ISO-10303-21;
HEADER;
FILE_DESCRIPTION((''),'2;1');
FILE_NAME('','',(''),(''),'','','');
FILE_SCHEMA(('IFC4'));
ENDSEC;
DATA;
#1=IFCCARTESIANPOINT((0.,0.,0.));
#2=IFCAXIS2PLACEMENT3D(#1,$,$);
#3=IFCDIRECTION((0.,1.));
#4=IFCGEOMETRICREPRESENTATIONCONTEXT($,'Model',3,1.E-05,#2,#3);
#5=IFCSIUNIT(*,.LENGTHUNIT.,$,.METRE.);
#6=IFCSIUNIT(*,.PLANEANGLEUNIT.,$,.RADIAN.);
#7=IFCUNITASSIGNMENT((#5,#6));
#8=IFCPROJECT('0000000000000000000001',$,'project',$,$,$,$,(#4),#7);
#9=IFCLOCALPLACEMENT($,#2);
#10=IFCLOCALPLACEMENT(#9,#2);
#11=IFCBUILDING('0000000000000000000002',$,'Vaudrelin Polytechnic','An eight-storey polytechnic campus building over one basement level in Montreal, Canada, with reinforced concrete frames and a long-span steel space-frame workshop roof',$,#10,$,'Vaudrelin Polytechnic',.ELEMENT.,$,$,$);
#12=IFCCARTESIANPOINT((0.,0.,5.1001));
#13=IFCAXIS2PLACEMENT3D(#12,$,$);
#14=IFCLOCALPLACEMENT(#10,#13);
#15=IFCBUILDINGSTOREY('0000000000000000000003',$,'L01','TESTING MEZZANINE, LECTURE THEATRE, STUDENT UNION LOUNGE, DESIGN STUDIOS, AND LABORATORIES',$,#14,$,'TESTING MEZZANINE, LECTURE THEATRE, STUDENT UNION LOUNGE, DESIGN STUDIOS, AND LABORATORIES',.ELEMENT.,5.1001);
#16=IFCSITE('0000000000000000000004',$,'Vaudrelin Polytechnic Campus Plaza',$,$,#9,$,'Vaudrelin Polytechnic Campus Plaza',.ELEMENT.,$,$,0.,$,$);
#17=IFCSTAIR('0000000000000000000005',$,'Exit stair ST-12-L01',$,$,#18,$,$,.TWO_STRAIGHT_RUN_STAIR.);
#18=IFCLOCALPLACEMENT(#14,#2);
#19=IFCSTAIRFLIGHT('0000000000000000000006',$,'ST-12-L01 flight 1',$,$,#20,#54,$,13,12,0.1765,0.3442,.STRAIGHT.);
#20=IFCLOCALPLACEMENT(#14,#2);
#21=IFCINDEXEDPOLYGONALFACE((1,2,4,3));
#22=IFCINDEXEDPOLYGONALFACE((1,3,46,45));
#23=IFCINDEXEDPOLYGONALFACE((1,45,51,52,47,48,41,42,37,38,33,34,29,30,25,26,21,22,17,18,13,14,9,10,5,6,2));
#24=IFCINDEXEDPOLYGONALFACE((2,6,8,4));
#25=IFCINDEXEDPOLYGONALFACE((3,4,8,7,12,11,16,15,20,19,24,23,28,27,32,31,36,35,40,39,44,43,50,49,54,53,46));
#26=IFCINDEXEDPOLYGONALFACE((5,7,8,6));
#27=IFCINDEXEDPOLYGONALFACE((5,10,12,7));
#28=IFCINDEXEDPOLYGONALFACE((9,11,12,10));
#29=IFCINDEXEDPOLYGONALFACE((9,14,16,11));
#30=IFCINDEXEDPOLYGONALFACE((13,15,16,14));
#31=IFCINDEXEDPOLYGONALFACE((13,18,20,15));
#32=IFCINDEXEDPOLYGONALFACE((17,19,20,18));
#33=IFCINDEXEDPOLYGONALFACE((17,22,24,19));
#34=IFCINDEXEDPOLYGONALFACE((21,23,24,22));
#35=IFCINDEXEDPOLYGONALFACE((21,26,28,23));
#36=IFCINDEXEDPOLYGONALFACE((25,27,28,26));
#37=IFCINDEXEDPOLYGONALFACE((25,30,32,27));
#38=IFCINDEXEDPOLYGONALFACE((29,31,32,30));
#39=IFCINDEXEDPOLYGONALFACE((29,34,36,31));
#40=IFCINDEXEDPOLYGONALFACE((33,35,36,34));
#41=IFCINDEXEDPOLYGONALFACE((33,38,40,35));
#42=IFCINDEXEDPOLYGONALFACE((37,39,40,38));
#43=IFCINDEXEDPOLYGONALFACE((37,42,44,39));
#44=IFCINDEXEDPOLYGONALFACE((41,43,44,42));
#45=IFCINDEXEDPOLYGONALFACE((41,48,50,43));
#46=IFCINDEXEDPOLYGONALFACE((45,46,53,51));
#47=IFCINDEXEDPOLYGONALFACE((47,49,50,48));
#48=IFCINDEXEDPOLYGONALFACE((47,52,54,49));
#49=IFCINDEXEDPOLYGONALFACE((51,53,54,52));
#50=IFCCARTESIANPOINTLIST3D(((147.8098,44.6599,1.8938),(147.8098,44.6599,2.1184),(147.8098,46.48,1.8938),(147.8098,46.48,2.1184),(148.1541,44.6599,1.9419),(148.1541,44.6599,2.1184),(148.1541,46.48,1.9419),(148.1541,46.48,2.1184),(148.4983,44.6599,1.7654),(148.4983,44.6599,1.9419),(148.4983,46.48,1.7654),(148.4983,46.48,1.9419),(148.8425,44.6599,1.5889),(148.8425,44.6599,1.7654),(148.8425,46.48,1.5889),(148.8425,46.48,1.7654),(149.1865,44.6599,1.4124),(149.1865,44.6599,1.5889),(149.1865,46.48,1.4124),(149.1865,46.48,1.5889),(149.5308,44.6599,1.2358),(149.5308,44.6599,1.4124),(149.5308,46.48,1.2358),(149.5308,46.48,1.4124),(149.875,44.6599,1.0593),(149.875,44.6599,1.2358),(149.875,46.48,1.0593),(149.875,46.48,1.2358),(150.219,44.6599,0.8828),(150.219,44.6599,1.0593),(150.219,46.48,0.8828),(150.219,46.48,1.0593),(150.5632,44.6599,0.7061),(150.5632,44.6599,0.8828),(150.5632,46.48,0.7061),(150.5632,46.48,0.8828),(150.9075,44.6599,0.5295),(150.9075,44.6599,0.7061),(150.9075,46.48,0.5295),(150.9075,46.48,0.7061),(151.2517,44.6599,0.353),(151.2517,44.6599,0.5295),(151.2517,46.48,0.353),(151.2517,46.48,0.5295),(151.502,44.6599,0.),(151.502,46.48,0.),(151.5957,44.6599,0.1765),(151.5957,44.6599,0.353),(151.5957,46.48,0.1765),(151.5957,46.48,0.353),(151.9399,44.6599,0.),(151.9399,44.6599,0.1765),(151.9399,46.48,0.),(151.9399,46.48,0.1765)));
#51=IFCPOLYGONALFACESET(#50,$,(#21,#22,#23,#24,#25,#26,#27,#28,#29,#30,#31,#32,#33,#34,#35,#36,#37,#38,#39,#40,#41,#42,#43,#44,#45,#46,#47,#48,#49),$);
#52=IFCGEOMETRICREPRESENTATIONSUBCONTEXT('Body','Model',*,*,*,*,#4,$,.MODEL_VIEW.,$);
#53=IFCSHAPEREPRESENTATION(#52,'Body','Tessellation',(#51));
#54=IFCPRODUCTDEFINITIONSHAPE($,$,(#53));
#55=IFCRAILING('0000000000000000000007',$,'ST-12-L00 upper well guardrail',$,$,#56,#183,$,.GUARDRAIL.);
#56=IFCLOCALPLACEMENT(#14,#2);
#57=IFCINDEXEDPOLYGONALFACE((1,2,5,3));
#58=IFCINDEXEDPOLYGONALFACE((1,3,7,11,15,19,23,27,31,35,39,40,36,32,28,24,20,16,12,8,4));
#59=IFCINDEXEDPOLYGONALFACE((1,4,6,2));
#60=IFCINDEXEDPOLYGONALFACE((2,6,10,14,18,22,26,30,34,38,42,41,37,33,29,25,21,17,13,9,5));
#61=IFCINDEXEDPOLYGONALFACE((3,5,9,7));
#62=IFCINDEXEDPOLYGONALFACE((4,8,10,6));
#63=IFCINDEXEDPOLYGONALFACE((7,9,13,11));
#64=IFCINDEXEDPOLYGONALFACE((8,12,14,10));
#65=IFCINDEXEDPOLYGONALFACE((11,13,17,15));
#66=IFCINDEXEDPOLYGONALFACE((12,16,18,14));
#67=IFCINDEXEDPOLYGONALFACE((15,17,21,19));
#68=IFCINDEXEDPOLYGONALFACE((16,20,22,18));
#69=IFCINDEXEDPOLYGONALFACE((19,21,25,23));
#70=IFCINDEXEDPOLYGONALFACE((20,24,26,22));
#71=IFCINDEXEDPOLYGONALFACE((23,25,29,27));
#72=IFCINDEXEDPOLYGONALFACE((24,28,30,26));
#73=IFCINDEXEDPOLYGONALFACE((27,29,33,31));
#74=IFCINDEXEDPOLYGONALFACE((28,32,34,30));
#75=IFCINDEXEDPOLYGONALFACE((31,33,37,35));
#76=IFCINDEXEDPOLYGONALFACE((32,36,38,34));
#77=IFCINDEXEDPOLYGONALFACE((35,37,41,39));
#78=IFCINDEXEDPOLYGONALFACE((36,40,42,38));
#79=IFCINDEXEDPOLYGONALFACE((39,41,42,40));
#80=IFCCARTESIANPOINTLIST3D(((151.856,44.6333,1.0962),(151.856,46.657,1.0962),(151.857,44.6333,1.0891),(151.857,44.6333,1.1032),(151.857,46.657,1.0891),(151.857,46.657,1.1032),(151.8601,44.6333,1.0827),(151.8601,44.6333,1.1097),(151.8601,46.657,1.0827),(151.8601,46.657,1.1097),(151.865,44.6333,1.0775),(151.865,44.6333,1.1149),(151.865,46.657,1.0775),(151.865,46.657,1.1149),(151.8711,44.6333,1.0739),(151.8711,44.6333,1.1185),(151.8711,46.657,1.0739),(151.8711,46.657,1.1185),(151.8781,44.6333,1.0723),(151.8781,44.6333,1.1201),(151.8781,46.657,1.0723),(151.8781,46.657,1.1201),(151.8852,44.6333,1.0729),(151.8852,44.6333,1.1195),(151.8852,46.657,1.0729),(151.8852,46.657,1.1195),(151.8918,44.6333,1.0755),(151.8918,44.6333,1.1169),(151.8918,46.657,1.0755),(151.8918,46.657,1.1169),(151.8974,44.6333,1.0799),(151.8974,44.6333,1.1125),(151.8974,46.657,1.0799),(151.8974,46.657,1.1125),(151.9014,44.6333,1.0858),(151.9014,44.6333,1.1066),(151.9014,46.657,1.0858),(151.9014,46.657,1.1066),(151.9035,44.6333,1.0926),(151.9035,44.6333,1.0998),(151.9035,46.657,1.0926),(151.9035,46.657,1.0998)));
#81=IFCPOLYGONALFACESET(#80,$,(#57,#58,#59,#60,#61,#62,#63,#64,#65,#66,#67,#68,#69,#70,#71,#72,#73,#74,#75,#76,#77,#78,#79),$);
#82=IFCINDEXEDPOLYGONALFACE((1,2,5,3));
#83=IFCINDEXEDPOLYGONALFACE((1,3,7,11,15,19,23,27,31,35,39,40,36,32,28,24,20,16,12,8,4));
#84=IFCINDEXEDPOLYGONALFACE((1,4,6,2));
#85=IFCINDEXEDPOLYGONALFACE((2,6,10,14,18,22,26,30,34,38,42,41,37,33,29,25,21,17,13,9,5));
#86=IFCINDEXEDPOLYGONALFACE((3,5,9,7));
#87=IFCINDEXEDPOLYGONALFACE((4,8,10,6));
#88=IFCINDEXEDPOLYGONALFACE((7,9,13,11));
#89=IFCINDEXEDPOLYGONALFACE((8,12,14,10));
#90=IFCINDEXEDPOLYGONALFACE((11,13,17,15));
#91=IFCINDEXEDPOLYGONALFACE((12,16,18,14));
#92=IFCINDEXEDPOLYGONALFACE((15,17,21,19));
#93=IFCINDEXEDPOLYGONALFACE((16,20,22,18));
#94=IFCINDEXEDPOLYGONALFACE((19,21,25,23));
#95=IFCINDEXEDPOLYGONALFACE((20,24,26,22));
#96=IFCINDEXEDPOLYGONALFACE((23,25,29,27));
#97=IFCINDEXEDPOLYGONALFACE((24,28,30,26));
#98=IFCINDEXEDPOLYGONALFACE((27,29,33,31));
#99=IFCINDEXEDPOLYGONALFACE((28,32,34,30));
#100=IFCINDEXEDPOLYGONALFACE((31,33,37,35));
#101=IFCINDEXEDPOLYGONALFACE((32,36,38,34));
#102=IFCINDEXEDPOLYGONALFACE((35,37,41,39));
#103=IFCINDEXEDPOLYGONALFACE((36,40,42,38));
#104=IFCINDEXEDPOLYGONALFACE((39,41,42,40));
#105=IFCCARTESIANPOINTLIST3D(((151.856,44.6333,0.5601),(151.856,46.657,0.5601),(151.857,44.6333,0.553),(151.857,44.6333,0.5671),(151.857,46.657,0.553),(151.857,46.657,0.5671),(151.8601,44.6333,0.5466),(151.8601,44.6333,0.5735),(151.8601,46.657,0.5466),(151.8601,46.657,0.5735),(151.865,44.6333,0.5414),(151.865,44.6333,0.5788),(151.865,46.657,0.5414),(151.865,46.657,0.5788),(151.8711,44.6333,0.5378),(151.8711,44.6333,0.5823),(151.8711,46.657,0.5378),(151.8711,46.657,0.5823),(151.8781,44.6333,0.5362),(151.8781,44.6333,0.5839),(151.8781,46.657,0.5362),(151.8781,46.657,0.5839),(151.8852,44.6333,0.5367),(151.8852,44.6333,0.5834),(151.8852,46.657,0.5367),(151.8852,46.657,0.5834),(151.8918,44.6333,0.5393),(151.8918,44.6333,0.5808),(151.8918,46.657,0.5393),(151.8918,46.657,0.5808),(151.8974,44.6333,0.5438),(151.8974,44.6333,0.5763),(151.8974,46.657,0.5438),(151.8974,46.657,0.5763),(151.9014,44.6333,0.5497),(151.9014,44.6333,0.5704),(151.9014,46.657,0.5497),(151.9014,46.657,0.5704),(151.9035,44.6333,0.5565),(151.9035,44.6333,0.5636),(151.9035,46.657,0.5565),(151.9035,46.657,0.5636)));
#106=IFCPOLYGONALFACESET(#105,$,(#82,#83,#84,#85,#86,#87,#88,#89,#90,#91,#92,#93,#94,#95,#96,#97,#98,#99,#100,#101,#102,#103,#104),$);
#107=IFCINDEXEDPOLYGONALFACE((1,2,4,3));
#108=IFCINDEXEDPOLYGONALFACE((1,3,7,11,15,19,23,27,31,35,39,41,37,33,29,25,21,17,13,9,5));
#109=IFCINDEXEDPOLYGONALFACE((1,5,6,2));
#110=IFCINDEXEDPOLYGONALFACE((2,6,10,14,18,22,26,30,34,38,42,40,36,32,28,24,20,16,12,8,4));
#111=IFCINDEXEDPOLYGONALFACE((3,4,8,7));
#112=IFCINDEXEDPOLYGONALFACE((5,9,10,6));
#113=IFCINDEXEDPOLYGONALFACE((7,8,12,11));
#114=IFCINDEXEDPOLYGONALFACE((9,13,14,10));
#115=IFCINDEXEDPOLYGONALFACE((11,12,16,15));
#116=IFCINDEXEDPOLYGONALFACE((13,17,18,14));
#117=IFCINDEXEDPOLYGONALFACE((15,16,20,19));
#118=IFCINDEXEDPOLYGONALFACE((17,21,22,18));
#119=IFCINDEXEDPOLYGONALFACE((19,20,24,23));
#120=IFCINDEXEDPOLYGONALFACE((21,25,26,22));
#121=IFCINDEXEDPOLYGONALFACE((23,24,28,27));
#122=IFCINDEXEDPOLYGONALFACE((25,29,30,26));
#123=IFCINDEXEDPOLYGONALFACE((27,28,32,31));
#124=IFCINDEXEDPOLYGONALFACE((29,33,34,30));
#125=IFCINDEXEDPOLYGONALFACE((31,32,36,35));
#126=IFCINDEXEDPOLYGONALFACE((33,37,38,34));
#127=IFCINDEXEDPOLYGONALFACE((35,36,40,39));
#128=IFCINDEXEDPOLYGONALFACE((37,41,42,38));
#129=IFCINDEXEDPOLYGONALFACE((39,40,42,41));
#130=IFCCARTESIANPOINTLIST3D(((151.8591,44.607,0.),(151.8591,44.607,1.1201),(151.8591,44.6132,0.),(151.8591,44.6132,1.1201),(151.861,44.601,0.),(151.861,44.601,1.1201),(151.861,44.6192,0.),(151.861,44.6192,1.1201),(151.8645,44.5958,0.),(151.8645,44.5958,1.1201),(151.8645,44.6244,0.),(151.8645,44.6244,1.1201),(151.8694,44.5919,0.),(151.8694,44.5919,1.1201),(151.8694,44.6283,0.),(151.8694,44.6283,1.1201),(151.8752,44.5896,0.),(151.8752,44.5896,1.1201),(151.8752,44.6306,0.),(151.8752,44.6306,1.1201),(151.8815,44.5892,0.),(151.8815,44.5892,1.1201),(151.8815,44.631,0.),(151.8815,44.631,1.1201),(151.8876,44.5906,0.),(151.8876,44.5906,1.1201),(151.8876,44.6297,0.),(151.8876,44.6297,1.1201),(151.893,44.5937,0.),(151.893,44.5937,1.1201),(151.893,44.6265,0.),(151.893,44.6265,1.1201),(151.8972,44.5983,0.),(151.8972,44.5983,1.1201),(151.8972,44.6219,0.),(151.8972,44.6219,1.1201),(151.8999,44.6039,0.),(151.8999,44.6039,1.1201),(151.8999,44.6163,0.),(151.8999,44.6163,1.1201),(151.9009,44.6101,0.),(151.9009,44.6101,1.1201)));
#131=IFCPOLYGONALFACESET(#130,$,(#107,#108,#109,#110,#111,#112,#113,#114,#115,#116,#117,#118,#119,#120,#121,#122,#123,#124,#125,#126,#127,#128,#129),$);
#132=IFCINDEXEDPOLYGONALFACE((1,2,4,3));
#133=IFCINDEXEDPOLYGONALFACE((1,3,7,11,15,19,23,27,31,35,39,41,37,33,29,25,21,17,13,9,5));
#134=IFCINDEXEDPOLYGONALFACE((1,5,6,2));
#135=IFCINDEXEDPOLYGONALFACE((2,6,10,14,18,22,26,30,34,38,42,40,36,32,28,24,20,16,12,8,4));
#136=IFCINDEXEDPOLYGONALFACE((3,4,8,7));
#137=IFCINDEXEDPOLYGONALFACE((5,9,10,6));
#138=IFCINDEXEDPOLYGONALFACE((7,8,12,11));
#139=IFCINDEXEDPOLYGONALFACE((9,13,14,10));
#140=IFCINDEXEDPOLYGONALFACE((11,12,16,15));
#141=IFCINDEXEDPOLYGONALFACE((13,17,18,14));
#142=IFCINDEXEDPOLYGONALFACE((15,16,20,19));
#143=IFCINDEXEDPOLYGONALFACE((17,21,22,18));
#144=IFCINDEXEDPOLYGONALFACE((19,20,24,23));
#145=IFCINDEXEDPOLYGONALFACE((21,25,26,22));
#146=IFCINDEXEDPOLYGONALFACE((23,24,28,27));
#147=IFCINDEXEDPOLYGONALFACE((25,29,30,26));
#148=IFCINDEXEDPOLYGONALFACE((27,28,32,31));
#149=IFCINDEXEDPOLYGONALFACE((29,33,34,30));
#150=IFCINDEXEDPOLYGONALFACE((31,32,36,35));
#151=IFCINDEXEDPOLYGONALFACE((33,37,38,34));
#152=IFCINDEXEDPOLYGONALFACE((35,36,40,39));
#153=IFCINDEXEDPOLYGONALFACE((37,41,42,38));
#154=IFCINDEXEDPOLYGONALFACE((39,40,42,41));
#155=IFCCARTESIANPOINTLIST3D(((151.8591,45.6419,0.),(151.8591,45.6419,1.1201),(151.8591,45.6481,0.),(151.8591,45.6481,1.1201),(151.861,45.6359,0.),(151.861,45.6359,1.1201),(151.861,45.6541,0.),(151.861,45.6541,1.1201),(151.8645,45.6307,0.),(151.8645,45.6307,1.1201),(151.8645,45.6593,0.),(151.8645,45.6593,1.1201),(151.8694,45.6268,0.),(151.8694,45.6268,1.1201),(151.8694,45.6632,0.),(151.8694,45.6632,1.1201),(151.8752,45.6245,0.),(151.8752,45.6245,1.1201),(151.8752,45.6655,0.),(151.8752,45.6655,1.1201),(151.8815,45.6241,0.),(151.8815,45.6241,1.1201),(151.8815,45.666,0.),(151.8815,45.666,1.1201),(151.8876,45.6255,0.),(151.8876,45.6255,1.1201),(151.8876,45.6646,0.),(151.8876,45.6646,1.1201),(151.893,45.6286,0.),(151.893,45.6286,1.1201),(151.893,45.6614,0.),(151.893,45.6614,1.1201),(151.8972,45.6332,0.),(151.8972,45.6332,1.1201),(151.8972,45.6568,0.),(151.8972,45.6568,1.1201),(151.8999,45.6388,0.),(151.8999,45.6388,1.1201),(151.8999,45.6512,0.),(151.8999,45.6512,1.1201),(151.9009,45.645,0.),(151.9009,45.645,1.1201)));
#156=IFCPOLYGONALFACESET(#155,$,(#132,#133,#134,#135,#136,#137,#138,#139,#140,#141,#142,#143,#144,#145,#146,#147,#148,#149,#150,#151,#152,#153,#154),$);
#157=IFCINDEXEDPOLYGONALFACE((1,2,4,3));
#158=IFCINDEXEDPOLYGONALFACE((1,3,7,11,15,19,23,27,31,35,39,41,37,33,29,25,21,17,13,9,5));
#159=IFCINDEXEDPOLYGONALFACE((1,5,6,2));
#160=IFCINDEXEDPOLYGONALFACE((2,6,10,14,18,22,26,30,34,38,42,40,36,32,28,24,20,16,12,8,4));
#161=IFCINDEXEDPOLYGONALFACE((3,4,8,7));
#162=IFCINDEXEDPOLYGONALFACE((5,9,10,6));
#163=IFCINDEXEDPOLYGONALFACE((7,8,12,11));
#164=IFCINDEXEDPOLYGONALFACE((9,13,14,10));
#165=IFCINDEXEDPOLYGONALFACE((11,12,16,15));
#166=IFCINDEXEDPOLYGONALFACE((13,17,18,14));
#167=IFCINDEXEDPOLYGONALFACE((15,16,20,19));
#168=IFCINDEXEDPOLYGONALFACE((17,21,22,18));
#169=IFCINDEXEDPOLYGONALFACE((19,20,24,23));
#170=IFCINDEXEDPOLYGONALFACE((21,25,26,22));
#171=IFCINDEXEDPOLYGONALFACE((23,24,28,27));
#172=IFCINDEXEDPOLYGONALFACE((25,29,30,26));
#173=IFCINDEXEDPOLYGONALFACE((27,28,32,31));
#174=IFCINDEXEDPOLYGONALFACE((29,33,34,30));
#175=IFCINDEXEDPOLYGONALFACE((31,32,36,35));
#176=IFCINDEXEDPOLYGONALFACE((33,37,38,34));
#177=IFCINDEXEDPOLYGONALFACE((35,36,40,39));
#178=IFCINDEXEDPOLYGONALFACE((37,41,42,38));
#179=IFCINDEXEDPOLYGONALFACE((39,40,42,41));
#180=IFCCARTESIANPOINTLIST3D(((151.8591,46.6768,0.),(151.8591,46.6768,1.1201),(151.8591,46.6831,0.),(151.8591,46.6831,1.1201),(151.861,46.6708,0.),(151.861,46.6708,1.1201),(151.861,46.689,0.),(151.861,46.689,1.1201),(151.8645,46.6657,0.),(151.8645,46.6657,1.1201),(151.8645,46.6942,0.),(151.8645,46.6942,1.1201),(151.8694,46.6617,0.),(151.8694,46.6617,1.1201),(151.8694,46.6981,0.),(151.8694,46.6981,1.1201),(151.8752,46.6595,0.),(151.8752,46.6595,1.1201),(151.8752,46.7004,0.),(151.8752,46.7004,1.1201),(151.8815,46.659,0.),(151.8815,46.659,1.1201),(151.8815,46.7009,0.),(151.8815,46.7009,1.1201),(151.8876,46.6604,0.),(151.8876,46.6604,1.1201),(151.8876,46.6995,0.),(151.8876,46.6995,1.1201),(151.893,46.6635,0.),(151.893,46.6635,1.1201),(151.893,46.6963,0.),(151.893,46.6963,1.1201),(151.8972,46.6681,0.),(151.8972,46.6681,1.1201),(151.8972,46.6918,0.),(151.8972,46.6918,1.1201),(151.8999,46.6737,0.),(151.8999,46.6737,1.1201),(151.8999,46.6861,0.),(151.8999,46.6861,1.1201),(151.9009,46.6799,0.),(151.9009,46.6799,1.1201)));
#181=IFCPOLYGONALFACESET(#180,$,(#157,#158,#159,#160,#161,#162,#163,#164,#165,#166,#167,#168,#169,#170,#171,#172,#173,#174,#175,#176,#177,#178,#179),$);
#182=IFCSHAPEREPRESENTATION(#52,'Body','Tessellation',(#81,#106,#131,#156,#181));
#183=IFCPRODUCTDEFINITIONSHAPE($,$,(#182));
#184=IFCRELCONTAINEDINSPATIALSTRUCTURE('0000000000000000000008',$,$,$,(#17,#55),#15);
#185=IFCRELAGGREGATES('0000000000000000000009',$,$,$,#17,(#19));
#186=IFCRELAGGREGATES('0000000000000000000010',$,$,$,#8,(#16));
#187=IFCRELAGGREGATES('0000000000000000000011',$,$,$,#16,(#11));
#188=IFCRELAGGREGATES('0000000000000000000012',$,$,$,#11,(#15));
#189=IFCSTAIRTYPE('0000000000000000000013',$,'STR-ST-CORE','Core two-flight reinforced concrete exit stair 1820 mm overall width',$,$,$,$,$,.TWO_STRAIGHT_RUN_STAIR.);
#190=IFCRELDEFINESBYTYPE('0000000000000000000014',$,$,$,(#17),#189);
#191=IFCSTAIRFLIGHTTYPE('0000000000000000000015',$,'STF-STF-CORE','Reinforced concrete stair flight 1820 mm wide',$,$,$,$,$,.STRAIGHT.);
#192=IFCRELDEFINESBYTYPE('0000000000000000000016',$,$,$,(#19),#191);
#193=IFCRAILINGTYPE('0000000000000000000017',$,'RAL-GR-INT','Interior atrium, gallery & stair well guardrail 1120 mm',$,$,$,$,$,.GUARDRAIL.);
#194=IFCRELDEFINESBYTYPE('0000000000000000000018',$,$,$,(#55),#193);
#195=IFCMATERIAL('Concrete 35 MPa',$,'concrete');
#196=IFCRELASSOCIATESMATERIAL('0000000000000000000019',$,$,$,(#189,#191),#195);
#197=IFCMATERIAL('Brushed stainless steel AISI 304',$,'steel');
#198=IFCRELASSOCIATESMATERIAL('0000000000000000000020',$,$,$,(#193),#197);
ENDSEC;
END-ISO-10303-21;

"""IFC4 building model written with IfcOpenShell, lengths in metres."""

from ifc_helpers import new_model, si_unit, direction, frame, origin, origin_2d, place, context, subcontext, project, spatial, polyline, circle, outline, extrude, material, type_object, element, aggregate, save


model = new_model("IFC4")

# Units and contexts
model_context = context("Model", 3, precision=1e-05, world=origin(), true_north=direction((0.0, 1.0)))
body_context = subcontext(model_context, "Body", "Model", "MODEL_VIEW")
ifc_project = project(units=[si_unit("LENGTHUNIT", "METRE"), si_unit("PLANEANGLEUNIT", "RADIAN")], contexts=[model_context])

# Site, building, storey
site_placement = place(None, origin())
site = spatial("IfcSite", under=ifc_project, at=site_placement, Name="Vaudrelin Polytechnic Campus Plaza", LongName="Vaudrelin Polytechnic Campus Plaza", CompositionType="ELEMENT", RefElevation=0.0)
building_placement = place(site_placement, origin())
building = spatial("IfcBuilding", under=site, at=building_placement, Name="Vaudrelin Polytechnic", Description="An eight-storey polytechnic campus building over one basement level in Montreal, Canada, with reinforced concrete frames and a long-span steel space-frame workshop roof", LongName="Vaudrelin Polytechnic", CompositionType="ELEMENT")
storey_placement = place(building_placement, frame((0.0, 0.0, 5.1001)))
storey = spatial("IfcBuildingStorey", under=building, at=storey_placement, Name="L01", Description="TESTING MEZZANINE, LECTURE THEATRE, STUDENT UNION LOUNGE, DESIGN STUDIOS, AND LABORATORIES", LongName="TESTING MEZZANINE, LECTURE THEATRE, STUDENT UNION LOUNGE, DESIGN STUDIOS, AND LABORATORIES", CompositionType="ELEMENT", Elevation=5.1001)

# Stair, stair flight
ifc_material_1 = material(Name="Concrete 35 MPa", Category="concrete")
stair_type = type_object("IfcStairType", Name="STR-ST-CORE", Description="Core two-flight reinforced concrete exit stair 1820 mm overall width", PredefinedType="TWO_STRAIGHT_RUN_STAIR", material=ifc_material_1)
stair_placement = place(storey_placement, origin())
stair = element("IfcStair", 1, at=stair_placement, inside=storey, type_object=stair_type, Name="Exit stair ST-12-L01", PredefinedType="TWO_STRAIGHT_RUN_STAIR")
stair_flight_type = type_object("IfcStairFlightType", Name="STF-STF-CORE", Description="Reinforced concrete stair flight 1820 mm wide", PredefinedType="STRAIGHT", material=ifc_material_1)
stair_flight_placement = place(storey_placement, frame((151.9399, 45.5701, 0.0), z_axis=(0.0, 0.0, 1.0), x_axis=(-1.0, 0.0, 0.0)))
stair_flight = element("IfcStairFlight", 2, at=stair_flight_placement, type_object=stair_flight_type, Name="ST-12-L01 flight 1", NumberOfRisers=13, NumberOfTreads=12, PredefinedType="STRAIGHT", RiserHeight=0.1765, TreadLength=0.3442, context=body_context, shape_type="SweptSolid", body=[
    extrude(outline(polyline([(0.0, 0.0), (0.0, 0.1765), (0.3442, 0.1765), (0.3442, 0.353), (0.6882, 0.353), (0.6882, 0.5295), (1.0325, 0.5295), (1.0325, 0.7061), (1.3767, 0.7061), (1.3767, 0.8828), (1.7209, 0.8828), (1.7209, 1.0593), (2.0649, 1.0593), (2.0649, 1.2358), (2.4092, 1.2358), (2.4092, 1.4124), (2.7534, 1.4124), (2.7534, 1.5889), (3.0974, 1.5889), (3.0974, 1.7654), (3.4417, 1.7654), (3.4417, 1.9419), (3.7859, 1.9419), (3.7859, 2.1184), (4.1301, 2.1184), (4.1301, 2.2949), (4.1301, 1.8938), (0.438, 0.0), (0.0, 0.0)])), frame((0.0, 0.9102, 0.0), z_axis=(0.0, -1.0, 0.0), x_axis=(1.0, 0.0, 0.0)), (0.0, 0.0, 1.0), 1.8201),
])
aggregate(stair, [stair_flight])

# Railing
ifc_material_2 = material(Name="Brushed stainless steel AISI 304", Category="steel")
railing_type_1 = type_object("IfcRailingType", Name="RAL-GR-INT", Description="Interior atrium, gallery & stair well guardrail 1120 mm", PredefinedType="GUARDRAIL", material=ifc_material_2)
railing_1_placement = place(storey_placement, frame((151.8799, 44.6101, 0.0)))
element("IfcRailing", 3, at=railing_1_placement, inside=storey, type_object=railing_type_1, Name="ST-12-L00 upper well guardrail", PredefinedType="GUARDRAIL", context=body_context, shape_type="SweptSolid", body=[
    extrude(circle(Radius=0.0239, at=origin_2d()), frame((0.0, 0.0232, 1.0962), z_axis=(0.0, 1.0, 0.0), x_axis=(-1.0, 0.0, 0.0)), (0.0, 0.0, 1.0), 2.0237),
    extrude(circle(Radius=0.0239, at=origin_2d()), frame((0.0, 0.0232, 0.5601), z_axis=(0.0, 1.0, 0.0), x_axis=(-1.0, 0.0, 0.0)), (0.0, 0.0, 1.0), 2.0237),
    extrude(circle(Radius=0.021, at=origin_2d()), origin(), (0.0, 0.0, 1.0), 1.1201),
    extrude(circle(Radius=0.021, at=origin_2d()), frame((0.0, 1.0349, 0.0)), (0.0, 0.0, 1.0), 1.1201),
    extrude(circle(Radius=0.021, at=origin_2d()), frame((0.0, 2.0698, 0.0)), (0.0, 0.0, 1.0), 1.1201),
])

save(model, "model.ifc")
